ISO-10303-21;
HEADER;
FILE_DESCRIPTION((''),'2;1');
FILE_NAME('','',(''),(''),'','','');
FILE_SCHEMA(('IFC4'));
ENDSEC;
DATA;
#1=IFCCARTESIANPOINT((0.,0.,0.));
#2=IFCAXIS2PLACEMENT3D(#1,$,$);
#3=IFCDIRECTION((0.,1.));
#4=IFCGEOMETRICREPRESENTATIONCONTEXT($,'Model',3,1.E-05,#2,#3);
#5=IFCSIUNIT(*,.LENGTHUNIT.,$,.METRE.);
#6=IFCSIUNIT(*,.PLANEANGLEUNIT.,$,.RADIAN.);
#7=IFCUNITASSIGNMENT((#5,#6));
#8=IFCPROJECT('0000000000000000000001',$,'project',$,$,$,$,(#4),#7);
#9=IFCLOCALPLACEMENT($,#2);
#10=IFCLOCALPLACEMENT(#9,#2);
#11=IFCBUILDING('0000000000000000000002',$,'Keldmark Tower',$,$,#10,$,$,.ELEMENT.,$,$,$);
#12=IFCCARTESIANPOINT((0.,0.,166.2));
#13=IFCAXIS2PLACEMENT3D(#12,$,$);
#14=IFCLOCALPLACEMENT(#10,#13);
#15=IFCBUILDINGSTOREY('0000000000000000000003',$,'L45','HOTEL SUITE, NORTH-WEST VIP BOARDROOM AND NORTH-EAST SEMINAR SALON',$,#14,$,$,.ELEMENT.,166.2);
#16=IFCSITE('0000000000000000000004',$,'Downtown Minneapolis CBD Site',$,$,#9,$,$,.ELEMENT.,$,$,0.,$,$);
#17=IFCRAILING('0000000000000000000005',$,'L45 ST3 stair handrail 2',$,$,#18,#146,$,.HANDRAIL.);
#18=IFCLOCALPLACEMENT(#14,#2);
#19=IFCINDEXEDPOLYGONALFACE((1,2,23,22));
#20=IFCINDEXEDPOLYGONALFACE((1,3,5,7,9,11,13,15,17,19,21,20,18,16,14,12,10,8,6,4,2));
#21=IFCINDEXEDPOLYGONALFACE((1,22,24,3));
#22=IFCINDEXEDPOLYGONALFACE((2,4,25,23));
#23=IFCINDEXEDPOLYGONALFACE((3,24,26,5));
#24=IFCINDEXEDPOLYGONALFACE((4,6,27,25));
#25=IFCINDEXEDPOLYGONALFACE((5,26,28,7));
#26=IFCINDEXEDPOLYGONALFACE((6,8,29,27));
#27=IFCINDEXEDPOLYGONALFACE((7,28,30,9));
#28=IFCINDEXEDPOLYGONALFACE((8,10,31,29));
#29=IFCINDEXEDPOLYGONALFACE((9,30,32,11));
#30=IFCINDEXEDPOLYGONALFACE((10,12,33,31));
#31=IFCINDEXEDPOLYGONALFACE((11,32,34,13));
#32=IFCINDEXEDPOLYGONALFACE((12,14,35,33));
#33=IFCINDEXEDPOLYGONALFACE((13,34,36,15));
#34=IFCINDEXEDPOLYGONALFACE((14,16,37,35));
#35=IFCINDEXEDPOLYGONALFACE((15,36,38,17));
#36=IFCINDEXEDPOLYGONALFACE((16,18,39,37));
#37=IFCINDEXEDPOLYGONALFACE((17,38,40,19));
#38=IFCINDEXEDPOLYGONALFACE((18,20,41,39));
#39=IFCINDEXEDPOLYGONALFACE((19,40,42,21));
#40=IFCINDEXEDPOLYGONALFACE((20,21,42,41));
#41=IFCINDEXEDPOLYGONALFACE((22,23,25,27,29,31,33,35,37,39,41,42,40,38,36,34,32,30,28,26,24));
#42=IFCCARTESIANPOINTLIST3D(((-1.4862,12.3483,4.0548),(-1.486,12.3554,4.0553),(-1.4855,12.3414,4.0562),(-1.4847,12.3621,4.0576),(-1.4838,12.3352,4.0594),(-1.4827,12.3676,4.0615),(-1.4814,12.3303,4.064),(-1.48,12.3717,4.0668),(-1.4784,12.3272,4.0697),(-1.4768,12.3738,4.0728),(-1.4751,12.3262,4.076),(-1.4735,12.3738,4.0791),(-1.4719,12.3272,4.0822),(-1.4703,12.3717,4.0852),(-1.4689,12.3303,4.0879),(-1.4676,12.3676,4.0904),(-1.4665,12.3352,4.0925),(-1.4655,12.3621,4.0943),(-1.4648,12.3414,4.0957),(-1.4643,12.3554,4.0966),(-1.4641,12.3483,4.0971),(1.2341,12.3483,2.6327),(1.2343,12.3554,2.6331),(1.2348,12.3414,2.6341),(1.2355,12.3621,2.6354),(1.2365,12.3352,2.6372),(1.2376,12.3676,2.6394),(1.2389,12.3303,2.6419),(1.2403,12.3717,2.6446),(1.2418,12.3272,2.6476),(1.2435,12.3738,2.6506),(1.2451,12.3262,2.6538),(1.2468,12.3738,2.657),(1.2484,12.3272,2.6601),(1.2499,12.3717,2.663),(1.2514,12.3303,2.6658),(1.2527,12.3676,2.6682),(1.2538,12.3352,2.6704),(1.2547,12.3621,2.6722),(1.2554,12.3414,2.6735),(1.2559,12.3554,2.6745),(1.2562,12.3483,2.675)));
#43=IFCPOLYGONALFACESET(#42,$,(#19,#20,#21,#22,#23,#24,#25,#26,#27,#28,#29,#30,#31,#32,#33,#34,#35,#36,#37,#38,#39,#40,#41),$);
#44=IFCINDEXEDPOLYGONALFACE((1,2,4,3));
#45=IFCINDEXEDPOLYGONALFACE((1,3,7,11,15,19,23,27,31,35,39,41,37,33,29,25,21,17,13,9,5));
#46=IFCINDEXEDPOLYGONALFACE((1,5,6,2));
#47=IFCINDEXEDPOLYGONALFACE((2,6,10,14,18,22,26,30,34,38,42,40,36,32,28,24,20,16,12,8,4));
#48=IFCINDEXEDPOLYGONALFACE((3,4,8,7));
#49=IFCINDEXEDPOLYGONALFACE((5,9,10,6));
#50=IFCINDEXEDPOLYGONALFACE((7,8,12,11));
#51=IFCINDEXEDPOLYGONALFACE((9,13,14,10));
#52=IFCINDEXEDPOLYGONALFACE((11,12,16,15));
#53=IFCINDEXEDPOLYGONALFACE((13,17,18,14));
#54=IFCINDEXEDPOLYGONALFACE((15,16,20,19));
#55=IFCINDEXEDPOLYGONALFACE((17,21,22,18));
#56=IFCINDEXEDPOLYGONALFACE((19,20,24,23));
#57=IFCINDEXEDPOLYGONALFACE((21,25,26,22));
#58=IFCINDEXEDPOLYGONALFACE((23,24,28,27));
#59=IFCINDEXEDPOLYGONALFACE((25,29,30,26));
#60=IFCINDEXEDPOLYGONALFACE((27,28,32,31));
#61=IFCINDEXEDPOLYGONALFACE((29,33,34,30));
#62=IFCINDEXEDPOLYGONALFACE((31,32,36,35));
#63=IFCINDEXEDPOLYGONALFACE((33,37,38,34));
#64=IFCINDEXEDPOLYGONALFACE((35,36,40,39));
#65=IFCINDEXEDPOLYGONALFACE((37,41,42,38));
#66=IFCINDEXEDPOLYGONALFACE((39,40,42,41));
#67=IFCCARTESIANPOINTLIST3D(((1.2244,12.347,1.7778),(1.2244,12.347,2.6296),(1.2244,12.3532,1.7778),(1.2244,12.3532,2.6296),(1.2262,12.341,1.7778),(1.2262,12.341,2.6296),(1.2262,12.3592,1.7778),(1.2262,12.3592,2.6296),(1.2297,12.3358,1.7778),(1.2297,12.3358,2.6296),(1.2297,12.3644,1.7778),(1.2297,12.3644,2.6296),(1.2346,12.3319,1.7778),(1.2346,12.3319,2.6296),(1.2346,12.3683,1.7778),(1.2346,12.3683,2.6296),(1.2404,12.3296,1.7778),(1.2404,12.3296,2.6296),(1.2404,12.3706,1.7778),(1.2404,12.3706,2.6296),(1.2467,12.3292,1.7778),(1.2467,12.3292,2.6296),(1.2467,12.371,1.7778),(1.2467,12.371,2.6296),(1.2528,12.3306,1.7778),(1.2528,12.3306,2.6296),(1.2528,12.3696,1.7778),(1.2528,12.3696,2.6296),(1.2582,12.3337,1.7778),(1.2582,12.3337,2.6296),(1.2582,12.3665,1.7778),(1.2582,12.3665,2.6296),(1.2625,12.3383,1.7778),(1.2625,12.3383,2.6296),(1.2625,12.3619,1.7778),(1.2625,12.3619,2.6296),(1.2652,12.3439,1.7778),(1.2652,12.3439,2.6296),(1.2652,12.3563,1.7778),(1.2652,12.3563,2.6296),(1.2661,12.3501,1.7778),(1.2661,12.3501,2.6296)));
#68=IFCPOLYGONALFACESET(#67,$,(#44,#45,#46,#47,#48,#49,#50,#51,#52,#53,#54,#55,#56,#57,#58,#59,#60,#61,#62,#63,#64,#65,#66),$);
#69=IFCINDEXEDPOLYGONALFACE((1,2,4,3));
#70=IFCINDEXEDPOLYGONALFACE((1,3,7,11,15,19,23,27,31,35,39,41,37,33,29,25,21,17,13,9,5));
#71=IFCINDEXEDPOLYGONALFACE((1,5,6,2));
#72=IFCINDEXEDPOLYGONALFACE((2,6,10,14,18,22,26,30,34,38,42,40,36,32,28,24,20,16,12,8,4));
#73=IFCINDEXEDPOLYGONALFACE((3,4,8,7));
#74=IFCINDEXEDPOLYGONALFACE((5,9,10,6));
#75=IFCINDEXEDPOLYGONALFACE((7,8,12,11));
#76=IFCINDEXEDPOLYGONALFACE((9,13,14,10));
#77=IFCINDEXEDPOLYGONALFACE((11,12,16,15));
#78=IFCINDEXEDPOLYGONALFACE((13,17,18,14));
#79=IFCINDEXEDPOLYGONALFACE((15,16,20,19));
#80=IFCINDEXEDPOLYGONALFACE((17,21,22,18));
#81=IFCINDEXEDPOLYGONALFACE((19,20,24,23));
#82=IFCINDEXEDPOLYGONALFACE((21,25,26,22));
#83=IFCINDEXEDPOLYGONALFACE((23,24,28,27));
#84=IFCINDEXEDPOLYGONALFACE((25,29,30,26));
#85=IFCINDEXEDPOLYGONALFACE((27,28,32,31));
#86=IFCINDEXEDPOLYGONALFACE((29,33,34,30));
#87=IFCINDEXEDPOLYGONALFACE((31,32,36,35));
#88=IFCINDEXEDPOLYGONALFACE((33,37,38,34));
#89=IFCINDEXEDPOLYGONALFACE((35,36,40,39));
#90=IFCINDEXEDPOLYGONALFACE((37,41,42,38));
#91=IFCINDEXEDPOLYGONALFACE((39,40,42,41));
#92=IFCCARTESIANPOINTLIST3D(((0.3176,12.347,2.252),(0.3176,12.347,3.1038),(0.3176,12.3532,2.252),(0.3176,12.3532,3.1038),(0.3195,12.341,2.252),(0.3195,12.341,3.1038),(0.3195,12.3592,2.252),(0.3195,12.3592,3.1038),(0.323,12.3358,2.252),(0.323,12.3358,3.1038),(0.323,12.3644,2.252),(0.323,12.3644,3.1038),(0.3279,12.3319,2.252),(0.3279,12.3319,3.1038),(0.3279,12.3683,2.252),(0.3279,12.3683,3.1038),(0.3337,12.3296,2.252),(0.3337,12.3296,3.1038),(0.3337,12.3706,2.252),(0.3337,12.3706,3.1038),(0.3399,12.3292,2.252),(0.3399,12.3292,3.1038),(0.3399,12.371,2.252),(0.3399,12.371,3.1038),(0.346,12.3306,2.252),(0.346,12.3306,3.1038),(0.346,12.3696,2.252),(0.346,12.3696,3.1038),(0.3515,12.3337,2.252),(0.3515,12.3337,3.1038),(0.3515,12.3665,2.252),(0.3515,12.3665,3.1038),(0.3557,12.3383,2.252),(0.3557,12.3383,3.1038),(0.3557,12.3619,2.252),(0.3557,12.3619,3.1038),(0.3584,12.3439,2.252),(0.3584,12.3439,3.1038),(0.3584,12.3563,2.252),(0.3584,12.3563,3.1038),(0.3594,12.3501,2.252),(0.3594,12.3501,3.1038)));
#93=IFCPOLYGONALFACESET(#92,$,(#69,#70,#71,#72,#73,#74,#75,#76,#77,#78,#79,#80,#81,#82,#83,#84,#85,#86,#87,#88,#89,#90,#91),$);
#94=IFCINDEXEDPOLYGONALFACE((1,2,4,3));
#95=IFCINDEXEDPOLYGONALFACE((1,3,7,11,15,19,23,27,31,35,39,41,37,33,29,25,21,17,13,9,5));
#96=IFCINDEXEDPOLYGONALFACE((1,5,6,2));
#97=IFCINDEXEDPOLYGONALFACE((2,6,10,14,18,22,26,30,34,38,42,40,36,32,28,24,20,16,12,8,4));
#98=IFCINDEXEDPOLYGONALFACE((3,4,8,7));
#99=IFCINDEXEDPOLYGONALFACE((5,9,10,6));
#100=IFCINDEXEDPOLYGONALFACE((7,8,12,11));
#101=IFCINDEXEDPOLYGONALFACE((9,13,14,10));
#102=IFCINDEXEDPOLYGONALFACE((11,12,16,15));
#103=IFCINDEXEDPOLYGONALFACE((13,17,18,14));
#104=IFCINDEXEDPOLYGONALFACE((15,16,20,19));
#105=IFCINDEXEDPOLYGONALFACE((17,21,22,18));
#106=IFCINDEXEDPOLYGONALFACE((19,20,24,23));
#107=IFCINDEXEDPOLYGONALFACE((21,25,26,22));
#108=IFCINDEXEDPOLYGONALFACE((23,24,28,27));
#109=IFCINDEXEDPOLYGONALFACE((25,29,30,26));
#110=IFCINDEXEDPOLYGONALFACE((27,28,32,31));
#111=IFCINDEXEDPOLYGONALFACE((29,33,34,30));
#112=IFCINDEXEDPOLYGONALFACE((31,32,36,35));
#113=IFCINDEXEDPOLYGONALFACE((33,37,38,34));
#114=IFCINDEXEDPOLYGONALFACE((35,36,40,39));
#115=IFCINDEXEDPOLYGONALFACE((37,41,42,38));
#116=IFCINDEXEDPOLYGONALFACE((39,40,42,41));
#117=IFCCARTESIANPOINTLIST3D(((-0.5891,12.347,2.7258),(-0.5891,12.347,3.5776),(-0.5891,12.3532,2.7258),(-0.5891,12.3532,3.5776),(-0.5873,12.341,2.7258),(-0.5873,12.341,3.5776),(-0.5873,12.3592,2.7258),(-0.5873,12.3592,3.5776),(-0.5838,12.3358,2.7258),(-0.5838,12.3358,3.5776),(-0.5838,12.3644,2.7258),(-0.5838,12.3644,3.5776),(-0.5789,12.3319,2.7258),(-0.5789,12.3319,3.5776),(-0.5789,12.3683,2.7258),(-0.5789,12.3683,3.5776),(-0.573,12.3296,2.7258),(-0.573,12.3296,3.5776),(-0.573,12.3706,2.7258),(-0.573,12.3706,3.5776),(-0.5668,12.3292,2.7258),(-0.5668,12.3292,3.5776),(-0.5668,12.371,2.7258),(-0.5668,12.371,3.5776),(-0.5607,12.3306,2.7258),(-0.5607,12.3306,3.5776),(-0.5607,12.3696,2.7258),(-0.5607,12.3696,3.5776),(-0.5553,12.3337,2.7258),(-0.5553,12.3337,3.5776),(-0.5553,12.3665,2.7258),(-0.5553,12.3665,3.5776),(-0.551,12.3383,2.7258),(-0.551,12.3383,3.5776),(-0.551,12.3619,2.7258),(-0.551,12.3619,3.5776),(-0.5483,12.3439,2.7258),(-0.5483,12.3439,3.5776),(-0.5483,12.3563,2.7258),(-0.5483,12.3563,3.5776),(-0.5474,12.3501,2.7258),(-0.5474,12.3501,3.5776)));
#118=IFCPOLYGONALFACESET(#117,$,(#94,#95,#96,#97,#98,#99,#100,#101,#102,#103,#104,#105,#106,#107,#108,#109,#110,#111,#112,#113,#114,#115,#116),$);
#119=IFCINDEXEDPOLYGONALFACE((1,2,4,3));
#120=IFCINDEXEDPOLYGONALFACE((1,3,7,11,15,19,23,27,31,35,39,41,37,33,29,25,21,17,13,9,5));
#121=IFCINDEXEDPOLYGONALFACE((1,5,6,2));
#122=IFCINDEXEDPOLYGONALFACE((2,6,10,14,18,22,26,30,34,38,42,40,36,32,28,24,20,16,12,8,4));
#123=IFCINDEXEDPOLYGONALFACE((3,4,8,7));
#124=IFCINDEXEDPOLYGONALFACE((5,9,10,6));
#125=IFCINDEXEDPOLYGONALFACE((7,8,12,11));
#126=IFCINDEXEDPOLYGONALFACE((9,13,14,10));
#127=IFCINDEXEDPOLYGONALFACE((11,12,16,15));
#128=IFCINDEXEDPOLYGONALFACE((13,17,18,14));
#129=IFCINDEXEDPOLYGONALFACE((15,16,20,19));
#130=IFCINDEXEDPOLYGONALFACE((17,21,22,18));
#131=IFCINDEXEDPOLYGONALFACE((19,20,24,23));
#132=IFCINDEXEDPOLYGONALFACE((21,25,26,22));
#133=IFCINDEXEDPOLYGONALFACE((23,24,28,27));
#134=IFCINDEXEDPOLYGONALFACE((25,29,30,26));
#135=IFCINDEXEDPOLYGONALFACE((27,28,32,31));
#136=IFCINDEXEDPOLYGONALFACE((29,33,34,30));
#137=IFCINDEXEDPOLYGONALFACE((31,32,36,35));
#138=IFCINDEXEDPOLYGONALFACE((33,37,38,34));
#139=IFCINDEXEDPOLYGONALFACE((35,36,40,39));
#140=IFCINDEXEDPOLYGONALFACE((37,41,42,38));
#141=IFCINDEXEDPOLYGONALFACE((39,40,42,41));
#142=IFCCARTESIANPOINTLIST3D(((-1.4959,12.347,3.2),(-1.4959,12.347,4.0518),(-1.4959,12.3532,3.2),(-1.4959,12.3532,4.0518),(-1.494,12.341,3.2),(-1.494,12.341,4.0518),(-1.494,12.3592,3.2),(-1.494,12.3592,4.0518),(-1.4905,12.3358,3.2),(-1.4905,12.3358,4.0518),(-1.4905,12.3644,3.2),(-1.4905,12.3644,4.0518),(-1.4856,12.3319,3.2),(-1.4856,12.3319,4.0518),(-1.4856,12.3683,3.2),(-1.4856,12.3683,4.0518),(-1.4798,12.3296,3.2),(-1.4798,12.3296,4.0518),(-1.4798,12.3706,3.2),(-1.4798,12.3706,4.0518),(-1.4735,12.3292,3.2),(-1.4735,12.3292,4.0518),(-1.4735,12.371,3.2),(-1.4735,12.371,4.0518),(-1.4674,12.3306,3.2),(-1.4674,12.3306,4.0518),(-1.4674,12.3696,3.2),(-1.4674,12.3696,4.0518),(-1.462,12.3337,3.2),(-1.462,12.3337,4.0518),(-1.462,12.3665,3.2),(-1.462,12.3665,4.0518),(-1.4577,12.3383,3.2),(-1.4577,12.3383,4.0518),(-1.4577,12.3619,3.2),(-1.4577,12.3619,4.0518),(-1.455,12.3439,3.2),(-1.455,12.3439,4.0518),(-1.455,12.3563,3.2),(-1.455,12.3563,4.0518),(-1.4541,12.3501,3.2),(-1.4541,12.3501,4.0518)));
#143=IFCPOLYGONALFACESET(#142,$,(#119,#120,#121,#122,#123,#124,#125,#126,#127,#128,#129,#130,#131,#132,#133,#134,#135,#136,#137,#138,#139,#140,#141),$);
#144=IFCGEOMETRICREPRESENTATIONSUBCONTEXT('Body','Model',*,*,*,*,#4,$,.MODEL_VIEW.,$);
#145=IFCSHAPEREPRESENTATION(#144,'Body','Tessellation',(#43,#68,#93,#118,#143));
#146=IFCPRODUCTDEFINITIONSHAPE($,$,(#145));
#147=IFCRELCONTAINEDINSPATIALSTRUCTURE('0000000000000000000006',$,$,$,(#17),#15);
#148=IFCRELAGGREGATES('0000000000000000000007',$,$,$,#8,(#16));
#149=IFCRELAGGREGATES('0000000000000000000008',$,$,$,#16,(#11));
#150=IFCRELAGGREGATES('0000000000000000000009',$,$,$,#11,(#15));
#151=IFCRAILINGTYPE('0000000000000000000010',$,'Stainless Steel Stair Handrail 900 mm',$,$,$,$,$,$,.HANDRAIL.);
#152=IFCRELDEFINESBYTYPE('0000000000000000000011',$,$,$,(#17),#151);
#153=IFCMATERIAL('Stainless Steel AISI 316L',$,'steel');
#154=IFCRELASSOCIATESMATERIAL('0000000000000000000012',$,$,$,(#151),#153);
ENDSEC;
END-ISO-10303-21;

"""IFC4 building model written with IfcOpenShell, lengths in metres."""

from ifc_helpers import new_model, si_unit, direction, frame, origin, origin_2d, place, context, subcontext, project, spatial, circle, extrude, material, type_object, element, save


model = new_model("IFC4")

# Units and contexts
model_context = context("Model", 3, precision=1e-05, world=origin(), true_north=direction((0.0, 1.0)))
body_context = subcontext(model_context, "Body", "Model", "MODEL_VIEW")
ifc_project = project(units=[si_unit("LENGTHUNIT", "METRE"), si_unit("PLANEANGLEUNIT", "RADIAN")], contexts=[model_context])

# Site, building, storey
site_placement = place(None, origin())
site = spatial("IfcSite", under=ifc_project, at=site_placement, Name="Downtown Minneapolis CBD Site", CompositionType="ELEMENT", RefElevation=0.0)
building_placement = place(site_placement, origin())
building = spatial("IfcBuilding", under=site, at=building_placement, Name="Keldmark Tower", CompositionType="ELEMENT")
storey_placement = place(building_placement, frame((0.0, 0.0, 166.2)))
storey = spatial("IfcBuildingStorey", under=building, at=storey_placement, Name="L45", Description="HOTEL SUITE, NORTH-WEST VIP BOARDROOM AND NORTH-EAST SEMINAR SALON", CompositionType="ELEMENT", Elevation=166.2)

# Railing
ifc_material_1 = material(Name="Stainless Steel AISI 316L", Category="steel")
railing_type_1 = type_object("IfcRailingType", Name="Stainless Steel Stair Handrail 900 mm", PredefinedType="HANDRAIL", material=ifc_material_1)
railing_1_placement = place(storey_placement, frame((1.2451, 12.3501, 1.7778)))
element("IfcRailing", 1, at=railing_1_placement, inside=storey, type_object=railing_type_1, Name="L45 ST3 stair handrail 2", PredefinedType="HANDRAIL", context=body_context, shape_type="SweptSolid", body=[
    extrude(circle(Radius=0.0239, at=origin_2d()), frame((0.0, 0.0, 0.876), z_axis=(-0.8862, 0.0, 0.463302), x_axis=(0.0, -1.0, 0.0)), (0.0, 0.0, 1.0), 3.0696),
    extrude(circle(Radius=0.021, at=origin_2d()), origin(), (0.0, 0.0, 1.0), 0.8518),
    extrude(circle(Radius=0.021, at=origin_2d()), frame((-0.9067, 0.0, 0.4741)), (0.0, 0.0, 1.0), 0.8518),
    extrude(circle(Radius=0.021, at=origin_2d()), frame((-1.8135, 0.0, 0.948)), (0.0, 0.0, 1.0), 0.8518),
    extrude(circle(Radius=0.021, at=origin_2d()), frame((-2.7202, 0.0, 1.4221)), (0.0, 0.0, 1.0), 0.8518),
])

save(model, "model.ifc")
